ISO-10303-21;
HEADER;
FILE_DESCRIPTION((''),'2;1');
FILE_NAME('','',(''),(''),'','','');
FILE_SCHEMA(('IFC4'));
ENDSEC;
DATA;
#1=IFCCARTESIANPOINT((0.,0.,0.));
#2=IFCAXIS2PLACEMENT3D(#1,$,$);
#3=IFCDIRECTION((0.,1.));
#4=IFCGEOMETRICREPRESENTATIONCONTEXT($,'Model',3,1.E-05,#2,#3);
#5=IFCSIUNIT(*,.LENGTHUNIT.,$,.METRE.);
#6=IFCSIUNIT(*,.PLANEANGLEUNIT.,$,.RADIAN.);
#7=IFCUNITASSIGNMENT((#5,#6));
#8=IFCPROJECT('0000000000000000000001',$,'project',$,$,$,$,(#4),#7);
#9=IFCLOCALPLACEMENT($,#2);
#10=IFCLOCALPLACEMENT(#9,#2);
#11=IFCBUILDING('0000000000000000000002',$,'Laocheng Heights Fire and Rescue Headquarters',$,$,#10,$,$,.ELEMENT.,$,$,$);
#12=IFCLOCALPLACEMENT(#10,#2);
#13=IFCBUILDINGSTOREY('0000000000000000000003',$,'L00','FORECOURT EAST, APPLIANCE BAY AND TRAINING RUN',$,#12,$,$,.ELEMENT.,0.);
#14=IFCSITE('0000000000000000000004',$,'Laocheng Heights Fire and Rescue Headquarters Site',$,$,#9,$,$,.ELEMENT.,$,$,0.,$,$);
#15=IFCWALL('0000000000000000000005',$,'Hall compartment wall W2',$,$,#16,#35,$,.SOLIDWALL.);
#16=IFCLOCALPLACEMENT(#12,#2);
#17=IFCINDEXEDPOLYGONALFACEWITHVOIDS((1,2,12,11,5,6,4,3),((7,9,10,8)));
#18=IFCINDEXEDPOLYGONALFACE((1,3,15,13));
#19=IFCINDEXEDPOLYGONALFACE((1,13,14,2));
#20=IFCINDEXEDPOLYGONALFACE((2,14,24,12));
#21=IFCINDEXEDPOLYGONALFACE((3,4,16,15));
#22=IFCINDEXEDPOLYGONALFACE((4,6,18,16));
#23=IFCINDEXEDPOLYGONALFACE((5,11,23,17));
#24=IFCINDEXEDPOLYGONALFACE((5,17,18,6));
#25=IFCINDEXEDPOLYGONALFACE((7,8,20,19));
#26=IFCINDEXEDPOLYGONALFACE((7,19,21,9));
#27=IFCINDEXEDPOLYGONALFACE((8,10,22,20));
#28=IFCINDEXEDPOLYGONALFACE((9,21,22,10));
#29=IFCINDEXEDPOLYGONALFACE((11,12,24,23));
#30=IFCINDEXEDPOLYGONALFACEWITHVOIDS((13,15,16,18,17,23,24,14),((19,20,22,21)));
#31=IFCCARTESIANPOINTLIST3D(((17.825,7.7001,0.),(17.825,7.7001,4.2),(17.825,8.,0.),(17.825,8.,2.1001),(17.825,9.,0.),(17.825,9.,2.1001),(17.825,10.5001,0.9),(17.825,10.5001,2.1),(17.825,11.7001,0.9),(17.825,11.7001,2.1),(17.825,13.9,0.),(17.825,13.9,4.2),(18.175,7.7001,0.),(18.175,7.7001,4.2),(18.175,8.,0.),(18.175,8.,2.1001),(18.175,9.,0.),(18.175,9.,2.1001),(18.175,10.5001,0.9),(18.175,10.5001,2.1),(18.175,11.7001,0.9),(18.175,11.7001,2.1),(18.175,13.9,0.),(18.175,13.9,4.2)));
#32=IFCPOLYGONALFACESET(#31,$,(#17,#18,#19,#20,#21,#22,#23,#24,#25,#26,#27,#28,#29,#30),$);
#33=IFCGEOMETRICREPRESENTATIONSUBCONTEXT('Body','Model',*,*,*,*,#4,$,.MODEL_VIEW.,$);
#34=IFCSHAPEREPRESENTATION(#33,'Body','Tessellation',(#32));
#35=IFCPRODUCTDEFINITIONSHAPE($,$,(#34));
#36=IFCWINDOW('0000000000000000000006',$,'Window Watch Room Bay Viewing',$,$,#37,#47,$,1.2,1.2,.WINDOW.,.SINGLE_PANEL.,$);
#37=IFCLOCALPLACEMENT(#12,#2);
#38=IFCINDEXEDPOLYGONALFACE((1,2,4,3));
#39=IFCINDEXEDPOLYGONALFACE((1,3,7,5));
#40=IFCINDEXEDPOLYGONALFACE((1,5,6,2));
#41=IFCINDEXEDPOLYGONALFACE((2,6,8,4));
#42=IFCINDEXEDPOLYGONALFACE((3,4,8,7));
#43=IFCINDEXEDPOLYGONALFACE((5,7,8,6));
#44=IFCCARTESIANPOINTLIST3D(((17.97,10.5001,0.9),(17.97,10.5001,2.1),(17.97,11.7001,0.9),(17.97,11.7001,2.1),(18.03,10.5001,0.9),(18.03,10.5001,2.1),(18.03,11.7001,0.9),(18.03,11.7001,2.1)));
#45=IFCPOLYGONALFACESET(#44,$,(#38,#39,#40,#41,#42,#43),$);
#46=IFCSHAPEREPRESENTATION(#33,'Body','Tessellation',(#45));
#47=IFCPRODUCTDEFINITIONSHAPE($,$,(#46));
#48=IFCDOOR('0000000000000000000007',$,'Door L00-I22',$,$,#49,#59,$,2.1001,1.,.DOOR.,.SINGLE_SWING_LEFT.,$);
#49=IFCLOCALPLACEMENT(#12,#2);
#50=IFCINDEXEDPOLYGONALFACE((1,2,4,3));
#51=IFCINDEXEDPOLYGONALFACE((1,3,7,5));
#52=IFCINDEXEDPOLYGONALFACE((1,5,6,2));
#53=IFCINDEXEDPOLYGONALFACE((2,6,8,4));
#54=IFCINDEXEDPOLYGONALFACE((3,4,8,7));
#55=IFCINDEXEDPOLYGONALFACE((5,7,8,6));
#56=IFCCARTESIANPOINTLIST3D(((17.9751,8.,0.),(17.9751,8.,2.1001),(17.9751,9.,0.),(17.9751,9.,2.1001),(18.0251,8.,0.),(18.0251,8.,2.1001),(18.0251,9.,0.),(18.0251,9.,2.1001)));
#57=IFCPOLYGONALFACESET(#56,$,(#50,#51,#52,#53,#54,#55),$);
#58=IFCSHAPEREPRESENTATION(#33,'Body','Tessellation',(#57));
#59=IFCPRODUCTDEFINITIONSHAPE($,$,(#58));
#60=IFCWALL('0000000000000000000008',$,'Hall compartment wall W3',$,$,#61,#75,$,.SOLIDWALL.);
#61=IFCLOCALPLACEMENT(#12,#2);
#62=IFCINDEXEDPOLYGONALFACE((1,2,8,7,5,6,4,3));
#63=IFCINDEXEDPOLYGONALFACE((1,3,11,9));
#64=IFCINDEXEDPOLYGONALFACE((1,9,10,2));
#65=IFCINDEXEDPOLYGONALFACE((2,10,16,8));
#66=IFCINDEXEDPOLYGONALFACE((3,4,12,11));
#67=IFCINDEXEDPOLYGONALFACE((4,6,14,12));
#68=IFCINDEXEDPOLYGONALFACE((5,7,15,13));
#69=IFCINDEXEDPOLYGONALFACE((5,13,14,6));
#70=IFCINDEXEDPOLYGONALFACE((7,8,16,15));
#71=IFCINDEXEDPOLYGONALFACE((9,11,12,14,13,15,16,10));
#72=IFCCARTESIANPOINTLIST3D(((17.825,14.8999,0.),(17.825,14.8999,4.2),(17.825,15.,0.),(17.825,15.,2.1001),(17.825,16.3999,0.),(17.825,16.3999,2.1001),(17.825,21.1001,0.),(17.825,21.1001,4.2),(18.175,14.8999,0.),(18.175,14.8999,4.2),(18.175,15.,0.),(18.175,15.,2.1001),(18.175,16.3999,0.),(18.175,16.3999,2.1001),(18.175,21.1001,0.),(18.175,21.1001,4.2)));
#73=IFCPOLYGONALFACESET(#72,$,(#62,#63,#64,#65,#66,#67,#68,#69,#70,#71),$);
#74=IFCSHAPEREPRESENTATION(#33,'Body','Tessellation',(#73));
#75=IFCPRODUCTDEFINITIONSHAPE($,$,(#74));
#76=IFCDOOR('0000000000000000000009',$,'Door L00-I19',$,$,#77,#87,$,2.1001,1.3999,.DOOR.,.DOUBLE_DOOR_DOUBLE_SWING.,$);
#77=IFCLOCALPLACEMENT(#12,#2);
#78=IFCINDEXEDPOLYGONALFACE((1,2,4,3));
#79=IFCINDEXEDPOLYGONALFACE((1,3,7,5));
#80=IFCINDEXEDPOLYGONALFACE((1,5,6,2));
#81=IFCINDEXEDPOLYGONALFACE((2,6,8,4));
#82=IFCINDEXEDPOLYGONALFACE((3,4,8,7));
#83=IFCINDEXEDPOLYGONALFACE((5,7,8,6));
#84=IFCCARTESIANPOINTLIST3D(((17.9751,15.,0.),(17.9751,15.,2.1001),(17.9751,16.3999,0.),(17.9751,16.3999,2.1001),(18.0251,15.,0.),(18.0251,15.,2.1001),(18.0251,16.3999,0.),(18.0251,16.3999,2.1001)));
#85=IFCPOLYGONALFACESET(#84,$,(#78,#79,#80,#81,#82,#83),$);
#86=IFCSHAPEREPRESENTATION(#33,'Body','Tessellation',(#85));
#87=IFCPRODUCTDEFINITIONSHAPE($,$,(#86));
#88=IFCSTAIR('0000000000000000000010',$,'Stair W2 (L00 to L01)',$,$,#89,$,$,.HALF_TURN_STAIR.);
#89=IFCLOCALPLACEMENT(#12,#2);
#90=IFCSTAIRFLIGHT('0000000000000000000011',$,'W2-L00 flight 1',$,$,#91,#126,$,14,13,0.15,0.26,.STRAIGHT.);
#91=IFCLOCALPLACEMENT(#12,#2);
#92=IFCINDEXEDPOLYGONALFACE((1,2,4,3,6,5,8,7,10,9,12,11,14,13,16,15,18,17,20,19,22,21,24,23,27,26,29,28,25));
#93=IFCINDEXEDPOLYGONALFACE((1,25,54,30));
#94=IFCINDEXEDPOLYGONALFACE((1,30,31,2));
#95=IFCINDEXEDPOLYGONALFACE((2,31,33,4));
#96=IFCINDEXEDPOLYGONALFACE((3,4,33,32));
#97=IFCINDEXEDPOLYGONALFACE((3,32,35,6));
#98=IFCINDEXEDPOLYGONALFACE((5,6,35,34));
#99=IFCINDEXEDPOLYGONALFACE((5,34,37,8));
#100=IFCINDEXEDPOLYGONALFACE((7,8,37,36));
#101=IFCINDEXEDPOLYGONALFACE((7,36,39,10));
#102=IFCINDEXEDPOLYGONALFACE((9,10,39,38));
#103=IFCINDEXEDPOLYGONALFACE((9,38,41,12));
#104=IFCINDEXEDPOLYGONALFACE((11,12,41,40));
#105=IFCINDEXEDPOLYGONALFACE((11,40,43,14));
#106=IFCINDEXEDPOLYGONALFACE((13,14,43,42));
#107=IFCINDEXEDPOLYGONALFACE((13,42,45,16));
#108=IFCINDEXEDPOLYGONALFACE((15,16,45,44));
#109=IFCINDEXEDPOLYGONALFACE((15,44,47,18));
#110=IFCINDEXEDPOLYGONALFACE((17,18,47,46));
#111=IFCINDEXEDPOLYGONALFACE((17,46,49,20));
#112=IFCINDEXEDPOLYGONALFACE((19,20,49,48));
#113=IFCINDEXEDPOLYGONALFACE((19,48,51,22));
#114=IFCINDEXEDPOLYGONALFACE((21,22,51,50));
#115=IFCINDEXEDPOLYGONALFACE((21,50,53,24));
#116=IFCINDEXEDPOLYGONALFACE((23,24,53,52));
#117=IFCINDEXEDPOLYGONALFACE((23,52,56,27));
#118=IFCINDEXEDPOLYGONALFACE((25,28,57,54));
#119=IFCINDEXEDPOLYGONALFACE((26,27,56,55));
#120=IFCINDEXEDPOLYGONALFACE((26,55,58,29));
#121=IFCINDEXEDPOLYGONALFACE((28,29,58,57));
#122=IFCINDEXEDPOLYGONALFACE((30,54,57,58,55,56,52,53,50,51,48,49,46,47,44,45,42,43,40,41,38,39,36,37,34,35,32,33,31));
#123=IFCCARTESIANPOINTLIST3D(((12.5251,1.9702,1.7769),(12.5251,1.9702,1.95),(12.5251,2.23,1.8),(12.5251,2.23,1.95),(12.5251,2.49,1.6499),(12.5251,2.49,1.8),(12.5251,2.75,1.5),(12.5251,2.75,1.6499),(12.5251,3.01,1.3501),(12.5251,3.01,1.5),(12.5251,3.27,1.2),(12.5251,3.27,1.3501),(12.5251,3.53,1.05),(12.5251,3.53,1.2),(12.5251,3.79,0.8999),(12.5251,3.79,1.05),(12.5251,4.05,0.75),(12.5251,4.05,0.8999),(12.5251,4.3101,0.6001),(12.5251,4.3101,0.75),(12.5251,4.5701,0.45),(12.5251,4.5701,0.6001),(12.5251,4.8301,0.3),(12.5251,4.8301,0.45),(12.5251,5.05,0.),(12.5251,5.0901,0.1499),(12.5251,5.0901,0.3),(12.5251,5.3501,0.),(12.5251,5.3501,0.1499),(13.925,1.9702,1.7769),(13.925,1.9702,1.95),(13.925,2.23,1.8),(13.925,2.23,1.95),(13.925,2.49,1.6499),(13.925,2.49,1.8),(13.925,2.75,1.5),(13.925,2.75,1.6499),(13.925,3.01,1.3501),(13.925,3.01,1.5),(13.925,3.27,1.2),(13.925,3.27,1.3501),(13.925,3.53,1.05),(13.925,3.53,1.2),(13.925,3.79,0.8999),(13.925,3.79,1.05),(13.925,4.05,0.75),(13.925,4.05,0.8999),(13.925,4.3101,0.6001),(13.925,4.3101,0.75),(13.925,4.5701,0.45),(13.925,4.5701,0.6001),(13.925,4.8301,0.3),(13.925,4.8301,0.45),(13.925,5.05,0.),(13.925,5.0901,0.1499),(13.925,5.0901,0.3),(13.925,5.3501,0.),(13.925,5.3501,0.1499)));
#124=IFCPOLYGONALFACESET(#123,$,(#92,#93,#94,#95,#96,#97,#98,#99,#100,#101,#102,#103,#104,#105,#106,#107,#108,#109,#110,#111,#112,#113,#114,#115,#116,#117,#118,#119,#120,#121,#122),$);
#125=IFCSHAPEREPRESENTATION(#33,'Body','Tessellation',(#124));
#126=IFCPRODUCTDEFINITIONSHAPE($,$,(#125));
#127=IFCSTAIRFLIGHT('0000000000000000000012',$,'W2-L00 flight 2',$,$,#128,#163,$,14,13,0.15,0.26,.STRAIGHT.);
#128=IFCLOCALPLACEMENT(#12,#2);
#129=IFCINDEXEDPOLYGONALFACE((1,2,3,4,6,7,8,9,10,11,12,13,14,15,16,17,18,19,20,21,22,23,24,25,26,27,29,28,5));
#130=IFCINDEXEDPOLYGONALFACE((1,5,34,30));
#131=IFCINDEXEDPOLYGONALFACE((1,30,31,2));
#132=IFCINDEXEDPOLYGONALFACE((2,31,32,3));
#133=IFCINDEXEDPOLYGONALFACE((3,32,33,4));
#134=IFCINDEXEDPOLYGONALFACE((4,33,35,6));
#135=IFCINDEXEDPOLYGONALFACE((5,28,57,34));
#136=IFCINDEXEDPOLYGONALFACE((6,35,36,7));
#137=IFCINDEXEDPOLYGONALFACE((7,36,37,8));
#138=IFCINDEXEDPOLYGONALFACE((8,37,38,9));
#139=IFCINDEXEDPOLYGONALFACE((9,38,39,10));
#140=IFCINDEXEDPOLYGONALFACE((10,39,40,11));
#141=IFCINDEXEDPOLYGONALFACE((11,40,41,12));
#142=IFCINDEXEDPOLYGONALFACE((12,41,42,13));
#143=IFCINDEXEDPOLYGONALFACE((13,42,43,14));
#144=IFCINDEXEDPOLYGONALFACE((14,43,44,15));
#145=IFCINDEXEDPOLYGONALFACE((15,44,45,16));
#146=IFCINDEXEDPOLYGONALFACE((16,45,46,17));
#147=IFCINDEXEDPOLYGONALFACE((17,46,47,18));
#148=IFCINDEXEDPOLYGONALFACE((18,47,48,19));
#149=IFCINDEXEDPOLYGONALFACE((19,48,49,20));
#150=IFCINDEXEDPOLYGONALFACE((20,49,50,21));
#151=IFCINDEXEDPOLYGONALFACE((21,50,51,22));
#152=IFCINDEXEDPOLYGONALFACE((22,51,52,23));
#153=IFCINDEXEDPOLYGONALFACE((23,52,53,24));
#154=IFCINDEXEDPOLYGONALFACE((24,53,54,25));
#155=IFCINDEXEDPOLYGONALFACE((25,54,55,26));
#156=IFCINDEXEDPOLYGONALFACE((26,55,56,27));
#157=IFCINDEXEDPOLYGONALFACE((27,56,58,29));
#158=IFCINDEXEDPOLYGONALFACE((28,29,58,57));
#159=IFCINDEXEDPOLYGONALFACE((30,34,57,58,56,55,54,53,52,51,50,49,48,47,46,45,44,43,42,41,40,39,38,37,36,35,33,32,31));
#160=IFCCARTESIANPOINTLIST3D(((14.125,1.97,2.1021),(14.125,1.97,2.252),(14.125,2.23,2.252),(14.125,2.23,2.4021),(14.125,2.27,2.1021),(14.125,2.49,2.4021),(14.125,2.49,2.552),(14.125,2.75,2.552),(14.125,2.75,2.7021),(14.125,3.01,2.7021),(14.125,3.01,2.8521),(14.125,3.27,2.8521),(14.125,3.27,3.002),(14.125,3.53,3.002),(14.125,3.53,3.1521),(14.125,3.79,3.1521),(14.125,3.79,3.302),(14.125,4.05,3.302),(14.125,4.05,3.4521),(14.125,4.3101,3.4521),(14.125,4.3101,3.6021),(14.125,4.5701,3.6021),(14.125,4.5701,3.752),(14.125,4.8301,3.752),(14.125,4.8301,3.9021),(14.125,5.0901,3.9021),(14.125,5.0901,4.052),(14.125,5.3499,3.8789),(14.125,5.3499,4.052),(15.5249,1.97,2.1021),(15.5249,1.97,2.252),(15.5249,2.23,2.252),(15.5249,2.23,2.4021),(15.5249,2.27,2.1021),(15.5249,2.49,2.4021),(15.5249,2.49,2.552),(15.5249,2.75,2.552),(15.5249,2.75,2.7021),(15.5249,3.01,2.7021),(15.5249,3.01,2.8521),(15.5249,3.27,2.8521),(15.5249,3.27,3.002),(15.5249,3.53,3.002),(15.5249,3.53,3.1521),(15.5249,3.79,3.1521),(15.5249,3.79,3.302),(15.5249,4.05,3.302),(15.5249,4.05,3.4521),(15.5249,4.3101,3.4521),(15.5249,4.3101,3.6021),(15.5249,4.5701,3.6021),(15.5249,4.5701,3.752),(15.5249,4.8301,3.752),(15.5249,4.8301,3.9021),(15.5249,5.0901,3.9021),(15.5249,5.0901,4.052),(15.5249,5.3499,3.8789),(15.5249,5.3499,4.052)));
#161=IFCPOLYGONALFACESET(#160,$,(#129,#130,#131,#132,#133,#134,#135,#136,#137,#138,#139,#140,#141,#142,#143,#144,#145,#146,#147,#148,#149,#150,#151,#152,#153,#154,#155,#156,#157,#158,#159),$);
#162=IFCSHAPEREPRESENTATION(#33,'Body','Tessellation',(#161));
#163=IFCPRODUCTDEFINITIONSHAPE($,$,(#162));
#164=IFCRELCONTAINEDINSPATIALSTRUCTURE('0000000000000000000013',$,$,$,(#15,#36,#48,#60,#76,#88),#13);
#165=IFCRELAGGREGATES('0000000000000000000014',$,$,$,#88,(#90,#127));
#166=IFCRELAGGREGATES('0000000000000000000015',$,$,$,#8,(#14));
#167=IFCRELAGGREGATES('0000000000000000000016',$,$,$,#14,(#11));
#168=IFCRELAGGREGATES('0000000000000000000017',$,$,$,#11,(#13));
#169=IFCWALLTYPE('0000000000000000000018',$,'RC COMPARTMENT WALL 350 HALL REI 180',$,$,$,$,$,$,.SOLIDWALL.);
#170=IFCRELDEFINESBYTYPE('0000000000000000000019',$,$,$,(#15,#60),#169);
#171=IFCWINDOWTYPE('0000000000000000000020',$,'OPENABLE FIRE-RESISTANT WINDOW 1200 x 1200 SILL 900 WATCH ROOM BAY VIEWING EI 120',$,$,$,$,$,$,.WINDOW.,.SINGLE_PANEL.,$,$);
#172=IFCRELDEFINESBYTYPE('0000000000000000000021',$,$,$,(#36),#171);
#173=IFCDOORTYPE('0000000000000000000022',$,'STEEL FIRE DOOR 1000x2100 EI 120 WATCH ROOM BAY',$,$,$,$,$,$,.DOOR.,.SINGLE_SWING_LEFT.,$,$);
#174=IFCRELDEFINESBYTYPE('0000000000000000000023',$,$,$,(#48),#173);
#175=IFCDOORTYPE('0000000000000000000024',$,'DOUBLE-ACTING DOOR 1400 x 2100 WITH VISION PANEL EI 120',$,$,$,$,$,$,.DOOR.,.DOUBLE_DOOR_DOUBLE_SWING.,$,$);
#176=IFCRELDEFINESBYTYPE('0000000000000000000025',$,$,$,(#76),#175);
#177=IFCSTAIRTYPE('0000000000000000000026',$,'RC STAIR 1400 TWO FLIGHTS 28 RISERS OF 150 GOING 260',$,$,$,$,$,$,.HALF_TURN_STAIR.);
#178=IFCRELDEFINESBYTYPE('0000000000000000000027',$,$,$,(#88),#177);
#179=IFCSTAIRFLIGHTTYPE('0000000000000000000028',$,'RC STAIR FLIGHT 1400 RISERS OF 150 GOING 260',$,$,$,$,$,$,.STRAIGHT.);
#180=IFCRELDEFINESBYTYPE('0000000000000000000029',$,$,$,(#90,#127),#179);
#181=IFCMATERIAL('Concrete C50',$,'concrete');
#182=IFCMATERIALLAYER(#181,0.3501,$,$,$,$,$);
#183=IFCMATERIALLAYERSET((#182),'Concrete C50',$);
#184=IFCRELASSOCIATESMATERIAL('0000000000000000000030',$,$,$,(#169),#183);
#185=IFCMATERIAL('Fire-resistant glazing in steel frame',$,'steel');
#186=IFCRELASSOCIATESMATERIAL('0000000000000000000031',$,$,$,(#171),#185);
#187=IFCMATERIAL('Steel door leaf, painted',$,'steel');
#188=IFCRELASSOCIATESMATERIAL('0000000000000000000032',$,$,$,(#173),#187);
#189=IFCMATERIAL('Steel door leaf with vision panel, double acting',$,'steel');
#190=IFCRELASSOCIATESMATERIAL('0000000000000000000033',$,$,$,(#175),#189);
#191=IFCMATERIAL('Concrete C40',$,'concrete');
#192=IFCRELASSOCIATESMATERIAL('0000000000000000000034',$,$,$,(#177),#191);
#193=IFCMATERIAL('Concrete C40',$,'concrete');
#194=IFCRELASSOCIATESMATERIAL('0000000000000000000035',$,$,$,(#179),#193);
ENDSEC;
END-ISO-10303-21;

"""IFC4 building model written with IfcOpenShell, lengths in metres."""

from ifc_helpers import new_model, si_unit, direction, frame, frame_2d, origin, place, context, subcontext, project, spatial, polyline, rectangle, outline, extrude, material, layer, layer_set, type_object, element, fill, aggregate, save


model = new_model("IFC4")

# Units and contexts
model_context = context("Model", 3, precision=1e-05, world=origin(), true_north=direction((0.0, 1.0)))
body_context = subcontext(model_context, "Body", "Model", "MODEL_VIEW")
ifc_project = project(units=[si_unit("LENGTHUNIT", "METRE"), si_unit("PLANEANGLEUNIT", "RADIAN")], contexts=[model_context])

# Site, building, storey
site_placement = place(None, origin())
site = spatial("IfcSite", under=ifc_project, at=site_placement, Name="Laocheng Heights Fire and Rescue Headquarters Site", CompositionType="ELEMENT", RefElevation=0.0)
building_placement = place(site_placement, origin())
building = spatial("IfcBuilding", under=site, at=building_placement, Name="Laocheng Heights Fire and Rescue Headquarters", CompositionType="ELEMENT")
storey_placement = place(building_placement, origin())
storey = spatial("IfcBuildingStorey", under=building, at=storey_placement, Name="L00", Description="FORECOURT EAST, APPLIANCE BAY AND TRAINING RUN", CompositionType="ELEMENT", Elevation=0.0)

# Wall, openings, window, door
ifc_material_1 = material(Name="Concrete C50", Category="concrete")
ifc_layer = layer(ifc_material_1, 0.3501)
ifc_layer_set = layer_set([ifc_layer], Name="Concrete C50")
wall_type = type_object("IfcWallType", Name="RC COMPARTMENT WALL 350 HALL REI 180", PredefinedType="SOLIDWALL", material=ifc_layer_set)
wall_1_placement = place(storey_placement, frame((18.0, 7.7, 0.0), z_axis=(0.0, 0.0, 1.0), x_axis=(0.0, 1.0, 0.0)))
wall_1 = element("IfcWall", 1, at=wall_1_placement, inside=storey, type_object=wall_type, Name="Hall compartment wall W2", PredefinedType="SOLIDWALL", context=body_context, shape_type="SweptSolid", body=[
    extrude(rectangle(XDim=6.2, YDim=0.3501, at=frame_2d((3.1001, 0.0))), origin(), (0.0, 0.0, 1.0), 4.2),
])
opening_1_placement = place(wall_1_placement, frame((0.3, 0.0, 0.0)))
opening_1 = element("IfcOpeningElement", 2, at=opening_1_placement, cuts=wall_1, PredefinedType="OPENING", context=body_context, shape_type="SweptSolid", body=[
    extrude(rectangle(XDim=1.0, YDim=2.1001, at=frame_2d((0.5, 1.05))), frame((0.0, 0.1851, 0.0), z_axis=(0.0, -1.0, 0.0), x_axis=(1.0, 0.0, 0.0)), (0.0, 0.0, 1.0), 0.3701),
])
opening_2_placement = place(wall_1_placement, frame((2.8, 0.0, 0.8999)))
opening_2 = element("IfcOpeningElement", 3, at=opening_2_placement, cuts=wall_1, PredefinedType="OPENING", context=body_context, shape_type="SweptSolid", body=[
    extrude(rectangle(XDim=1.2, YDim=1.2, at=frame_2d((0.6001, 0.6001))), frame((0.0, 0.1851, 0.0), z_axis=(0.0, -1.0, 0.0), x_axis=(1.0, 0.0, 0.0)), (0.0, 0.0, 1.0), 0.3701),
])
ifc_material_2 = material(Name="Fire-resistant glazing in steel frame", Category="steel")
window_type = type_object("IfcWindowType", Name="OPENABLE FIRE-RESISTANT WINDOW 1200 x 1200 SILL 900 WATCH ROOM BAY VIEWING EI 120", PartitioningType="SINGLE_PANEL", PredefinedType="WINDOW", material=ifc_material_2)
window_placement = place(opening_2_placement, origin())
window = element("IfcWindow", 4, at=window_placement, inside=storey, type_object=window_type, Name="Window Watch Room Bay Viewing", OverallHeight=1.2, OverallWidth=1.2, PartitioningType="SINGLE_PANEL", PredefinedType="WINDOW", context=body_context, shape_type="SweptSolid", body=[
    extrude(rectangle(XDim=1.2, YDim=1.2, at=frame_2d((0.6001, 0.6001))), frame((0.0, 0.03, 0.0), z_axis=(0.0, -1.0, 0.0), x_axis=(1.0, 0.0, 0.0)), (0.0, 0.0, 1.0), 0.0601),
])
fill(opening_2, window)
ifc_material_3 = material(Name="Steel door leaf, painted", Category="steel")
door_type_1 = type_object("IfcDoorType", Name="STEEL FIRE DOOR 1000x2100 EI 120 WATCH ROOM BAY", OperationType="SINGLE_SWING_LEFT", PredefinedType="DOOR", material=ifc_material_3)
door_1_placement = place(opening_1_placement, origin())
door_1 = element("IfcDoor", 5, at=door_1_placement, inside=storey, type_object=door_type_1, Name="Door L00-I22", OperationType="SINGLE_SWING_LEFT", OverallHeight=2.1001, OverallWidth=1.0, PredefinedType="DOOR", context=body_context, shape_type="SweptSolid", body=[
    extrude(rectangle(XDim=1.0, YDim=2.1001, at=frame_2d((0.5, 1.05))), frame((0.0, 0.0249, 0.0), z_axis=(0.0, -1.0, 0.0), x_axis=(1.0, 0.0, 0.0)), (0.0, 0.0, 1.0), 0.05),
])
fill(opening_1, door_1)

# Wall, opening, door
wall_2_placement = place(storey_placement, frame((18.0, 14.8999, 0.0), z_axis=(0.0, 0.0, 1.0), x_axis=(0.0, 1.0, 0.0)))
wall_2 = element("IfcWall", 6, at=wall_2_placement, inside=storey, type_object=wall_type, Name="Hall compartment wall W3", PredefinedType="SOLIDWALL", context=body_context, shape_type="SweptSolid", body=[
    extrude(rectangle(XDim=6.2002, YDim=0.3501, at=frame_2d((3.1001, 0.0))), origin(), (0.0, 0.0, 1.0), 4.2),
])
opening_3_placement = place(wall_2_placement, frame((0.1001, 0.0, 0.0)))
opening_3 = element("IfcOpeningElement", 7, at=opening_3_placement, cuts=wall_2, PredefinedType="OPENING", context=body_context, shape_type="SweptSolid", body=[
    extrude(rectangle(XDim=1.3999, YDim=2.1001, at=frame_2d((0.7, 1.05))), frame((0.0, 0.1851, 0.0), z_axis=(0.0, -1.0, 0.0), x_axis=(1.0, 0.0, 0.0)), (0.0, 0.0, 1.0), 0.3701),
])
ifc_material_4 = material(Name="Steel door leaf with vision panel, double acting", Category="steel")
door_type_2 = type_object("IfcDoorType", Name="DOUBLE-ACTING DOOR 1400 x 2100 WITH VISION PANEL EI 120", OperationType="DOUBLE_DOOR_DOUBLE_SWING", PredefinedType="DOOR", material=ifc_material_4)
door_2_placement = place(opening_3_placement, origin())
door_2 = element("IfcDoor", 8, at=door_2_placement, inside=storey, type_object=door_type_2, Name="Door L00-I19", OperationType="DOUBLE_DOOR_DOUBLE_SWING", OverallHeight=2.1001, OverallWidth=1.3999, PredefinedType="DOOR", context=body_context, shape_type="SweptSolid", body=[
    extrude(rectangle(XDim=1.3999, YDim=2.1001, at=frame_2d((0.7, 1.05))), frame((0.0, 0.0249, 0.0), z_axis=(0.0, -1.0, 0.0), x_axis=(1.0, 0.0, 0.0)), (0.0, 0.0, 1.0), 0.05),
])
fill(opening_3, door_2)

# Stair, stair flights
ifc_material_5 = material(Name="Concrete C40", Category="concrete")
stair_type = type_object("IfcStairType", Name="RC STAIR 1400 TWO FLIGHTS 28 RISERS OF 150 GOING 260", PredefinedType="HALF_TURN_STAIR", material=ifc_material_5)
stair_placement = place(storey_placement, origin())
stair = element("IfcStair", 9, at=stair_placement, inside=storey, type_object=stair_type, Name="Stair W2 (L00 to L01)", PredefinedType="HALF_TURN_STAIR")
ifc_material_6 = material(Name="Concrete C40", Category="concrete")
stair_flight_type = type_object("IfcStairFlightType", Name="RC STAIR FLIGHT 1400 RISERS OF 150 GOING 260", PredefinedType="STRAIGHT", material=ifc_material_6)
stair_flight_1_placement = place(storey_placement, frame((13.2251, 5.3501, 0.0), z_axis=(0.0, 0.0, 1.0), x_axis=(0.0, -1.0, 0.0)))
stair_flight_1 = element("IfcStairFlight", 10, at=stair_flight_1_placement, type_object=stair_flight_type, Name="W2-L00 flight 1", NumberOfRisers=14, NumberOfTreads=13, PredefinedType="STRAIGHT", RiserHeight=0.15, TreadLength=0.26, context=body_context, shape_type="SweptSolid", body=[
    extrude(outline(polyline([(0.0, 0.0), (0.0, 0.1499), (0.26, 0.1499), (0.26, 0.3), (0.52, 0.3), (0.52, 0.45), (0.78, 0.45), (0.78, 0.6001), (1.04, 0.6001), (1.04, 0.75), (1.3, 0.75), (1.3, 0.8999), (1.5601, 0.8999), (1.5601, 1.05), (1.8201, 1.05), (1.8201, 1.2), (2.0801, 1.2), (2.0801, 1.3501), (2.3401, 1.3501), (2.3401, 1.5), (2.6001, 1.5), (2.6001, 1.6499), (2.8601, 1.6499), (2.8601, 1.8), (3.1201, 1.8), (3.1201, 1.95), (3.3799, 1.95), (3.3799, 2.1001), (3.3799, 1.7769), (0.3, 0.0), (0.0, 0.0)])), frame((0.0, 0.7, 0.0), z_axis=(0.0, -1.0, 0.0), x_axis=(1.0, 0.0, 0.0)), (0.0, 0.0, 1.0), 1.3999),
])
stair_flight_2_placement = place(storey_placement, frame((14.825, 1.97, 2.1021), z_axis=(0.0, 0.0, 1.0), x_axis=(0.0, 1.0, 0.0)))
stair_flight_2 = element("IfcStairFlight", 11, at=stair_flight_2_placement, type_object=stair_flight_type, Name="W2-L00 flight 2", NumberOfRisers=14, NumberOfTreads=13, PredefinedType="STRAIGHT", RiserHeight=0.15, TreadLength=0.26, context=body_context, shape_type="SweptSolid", body=[
    extrude(outline(polyline([(0.0, 0.0), (0.0, 0.1499), (0.26, 0.1499), (0.26, 0.3), (0.52, 0.3), (0.52, 0.45), (0.78, 0.45), (0.78, 0.6001), (1.04, 0.6001), (1.04, 0.75), (1.3, 0.75), (1.3, 0.8999), (1.5601, 0.8999), (1.5601, 1.05), (1.8201, 1.05), (1.8201, 1.2), (2.0801, 1.2), (2.0801, 1.3501), (2.3401, 1.3501), (2.3401, 1.5), (2.6001, 1.5), (2.6001, 1.6499), (2.8601, 1.6499), (2.8601, 1.8), (3.1201, 1.8), (3.1201, 1.95), (3.3799, 1.95), (3.3799, 2.1001), (3.3799, 1.7769), (0.3, 0.0), (0.0, 0.0)])), frame((0.0, 0.7, 0.0), z_axis=(0.0, -1.0, 0.0), x_axis=(1.0, 0.0, 0.0)), (0.0, 0.0, 1.0), 1.3999),
])
aggregate(stair, [stair_flight_1, stair_flight_2])

save(model, "model.ifc")
